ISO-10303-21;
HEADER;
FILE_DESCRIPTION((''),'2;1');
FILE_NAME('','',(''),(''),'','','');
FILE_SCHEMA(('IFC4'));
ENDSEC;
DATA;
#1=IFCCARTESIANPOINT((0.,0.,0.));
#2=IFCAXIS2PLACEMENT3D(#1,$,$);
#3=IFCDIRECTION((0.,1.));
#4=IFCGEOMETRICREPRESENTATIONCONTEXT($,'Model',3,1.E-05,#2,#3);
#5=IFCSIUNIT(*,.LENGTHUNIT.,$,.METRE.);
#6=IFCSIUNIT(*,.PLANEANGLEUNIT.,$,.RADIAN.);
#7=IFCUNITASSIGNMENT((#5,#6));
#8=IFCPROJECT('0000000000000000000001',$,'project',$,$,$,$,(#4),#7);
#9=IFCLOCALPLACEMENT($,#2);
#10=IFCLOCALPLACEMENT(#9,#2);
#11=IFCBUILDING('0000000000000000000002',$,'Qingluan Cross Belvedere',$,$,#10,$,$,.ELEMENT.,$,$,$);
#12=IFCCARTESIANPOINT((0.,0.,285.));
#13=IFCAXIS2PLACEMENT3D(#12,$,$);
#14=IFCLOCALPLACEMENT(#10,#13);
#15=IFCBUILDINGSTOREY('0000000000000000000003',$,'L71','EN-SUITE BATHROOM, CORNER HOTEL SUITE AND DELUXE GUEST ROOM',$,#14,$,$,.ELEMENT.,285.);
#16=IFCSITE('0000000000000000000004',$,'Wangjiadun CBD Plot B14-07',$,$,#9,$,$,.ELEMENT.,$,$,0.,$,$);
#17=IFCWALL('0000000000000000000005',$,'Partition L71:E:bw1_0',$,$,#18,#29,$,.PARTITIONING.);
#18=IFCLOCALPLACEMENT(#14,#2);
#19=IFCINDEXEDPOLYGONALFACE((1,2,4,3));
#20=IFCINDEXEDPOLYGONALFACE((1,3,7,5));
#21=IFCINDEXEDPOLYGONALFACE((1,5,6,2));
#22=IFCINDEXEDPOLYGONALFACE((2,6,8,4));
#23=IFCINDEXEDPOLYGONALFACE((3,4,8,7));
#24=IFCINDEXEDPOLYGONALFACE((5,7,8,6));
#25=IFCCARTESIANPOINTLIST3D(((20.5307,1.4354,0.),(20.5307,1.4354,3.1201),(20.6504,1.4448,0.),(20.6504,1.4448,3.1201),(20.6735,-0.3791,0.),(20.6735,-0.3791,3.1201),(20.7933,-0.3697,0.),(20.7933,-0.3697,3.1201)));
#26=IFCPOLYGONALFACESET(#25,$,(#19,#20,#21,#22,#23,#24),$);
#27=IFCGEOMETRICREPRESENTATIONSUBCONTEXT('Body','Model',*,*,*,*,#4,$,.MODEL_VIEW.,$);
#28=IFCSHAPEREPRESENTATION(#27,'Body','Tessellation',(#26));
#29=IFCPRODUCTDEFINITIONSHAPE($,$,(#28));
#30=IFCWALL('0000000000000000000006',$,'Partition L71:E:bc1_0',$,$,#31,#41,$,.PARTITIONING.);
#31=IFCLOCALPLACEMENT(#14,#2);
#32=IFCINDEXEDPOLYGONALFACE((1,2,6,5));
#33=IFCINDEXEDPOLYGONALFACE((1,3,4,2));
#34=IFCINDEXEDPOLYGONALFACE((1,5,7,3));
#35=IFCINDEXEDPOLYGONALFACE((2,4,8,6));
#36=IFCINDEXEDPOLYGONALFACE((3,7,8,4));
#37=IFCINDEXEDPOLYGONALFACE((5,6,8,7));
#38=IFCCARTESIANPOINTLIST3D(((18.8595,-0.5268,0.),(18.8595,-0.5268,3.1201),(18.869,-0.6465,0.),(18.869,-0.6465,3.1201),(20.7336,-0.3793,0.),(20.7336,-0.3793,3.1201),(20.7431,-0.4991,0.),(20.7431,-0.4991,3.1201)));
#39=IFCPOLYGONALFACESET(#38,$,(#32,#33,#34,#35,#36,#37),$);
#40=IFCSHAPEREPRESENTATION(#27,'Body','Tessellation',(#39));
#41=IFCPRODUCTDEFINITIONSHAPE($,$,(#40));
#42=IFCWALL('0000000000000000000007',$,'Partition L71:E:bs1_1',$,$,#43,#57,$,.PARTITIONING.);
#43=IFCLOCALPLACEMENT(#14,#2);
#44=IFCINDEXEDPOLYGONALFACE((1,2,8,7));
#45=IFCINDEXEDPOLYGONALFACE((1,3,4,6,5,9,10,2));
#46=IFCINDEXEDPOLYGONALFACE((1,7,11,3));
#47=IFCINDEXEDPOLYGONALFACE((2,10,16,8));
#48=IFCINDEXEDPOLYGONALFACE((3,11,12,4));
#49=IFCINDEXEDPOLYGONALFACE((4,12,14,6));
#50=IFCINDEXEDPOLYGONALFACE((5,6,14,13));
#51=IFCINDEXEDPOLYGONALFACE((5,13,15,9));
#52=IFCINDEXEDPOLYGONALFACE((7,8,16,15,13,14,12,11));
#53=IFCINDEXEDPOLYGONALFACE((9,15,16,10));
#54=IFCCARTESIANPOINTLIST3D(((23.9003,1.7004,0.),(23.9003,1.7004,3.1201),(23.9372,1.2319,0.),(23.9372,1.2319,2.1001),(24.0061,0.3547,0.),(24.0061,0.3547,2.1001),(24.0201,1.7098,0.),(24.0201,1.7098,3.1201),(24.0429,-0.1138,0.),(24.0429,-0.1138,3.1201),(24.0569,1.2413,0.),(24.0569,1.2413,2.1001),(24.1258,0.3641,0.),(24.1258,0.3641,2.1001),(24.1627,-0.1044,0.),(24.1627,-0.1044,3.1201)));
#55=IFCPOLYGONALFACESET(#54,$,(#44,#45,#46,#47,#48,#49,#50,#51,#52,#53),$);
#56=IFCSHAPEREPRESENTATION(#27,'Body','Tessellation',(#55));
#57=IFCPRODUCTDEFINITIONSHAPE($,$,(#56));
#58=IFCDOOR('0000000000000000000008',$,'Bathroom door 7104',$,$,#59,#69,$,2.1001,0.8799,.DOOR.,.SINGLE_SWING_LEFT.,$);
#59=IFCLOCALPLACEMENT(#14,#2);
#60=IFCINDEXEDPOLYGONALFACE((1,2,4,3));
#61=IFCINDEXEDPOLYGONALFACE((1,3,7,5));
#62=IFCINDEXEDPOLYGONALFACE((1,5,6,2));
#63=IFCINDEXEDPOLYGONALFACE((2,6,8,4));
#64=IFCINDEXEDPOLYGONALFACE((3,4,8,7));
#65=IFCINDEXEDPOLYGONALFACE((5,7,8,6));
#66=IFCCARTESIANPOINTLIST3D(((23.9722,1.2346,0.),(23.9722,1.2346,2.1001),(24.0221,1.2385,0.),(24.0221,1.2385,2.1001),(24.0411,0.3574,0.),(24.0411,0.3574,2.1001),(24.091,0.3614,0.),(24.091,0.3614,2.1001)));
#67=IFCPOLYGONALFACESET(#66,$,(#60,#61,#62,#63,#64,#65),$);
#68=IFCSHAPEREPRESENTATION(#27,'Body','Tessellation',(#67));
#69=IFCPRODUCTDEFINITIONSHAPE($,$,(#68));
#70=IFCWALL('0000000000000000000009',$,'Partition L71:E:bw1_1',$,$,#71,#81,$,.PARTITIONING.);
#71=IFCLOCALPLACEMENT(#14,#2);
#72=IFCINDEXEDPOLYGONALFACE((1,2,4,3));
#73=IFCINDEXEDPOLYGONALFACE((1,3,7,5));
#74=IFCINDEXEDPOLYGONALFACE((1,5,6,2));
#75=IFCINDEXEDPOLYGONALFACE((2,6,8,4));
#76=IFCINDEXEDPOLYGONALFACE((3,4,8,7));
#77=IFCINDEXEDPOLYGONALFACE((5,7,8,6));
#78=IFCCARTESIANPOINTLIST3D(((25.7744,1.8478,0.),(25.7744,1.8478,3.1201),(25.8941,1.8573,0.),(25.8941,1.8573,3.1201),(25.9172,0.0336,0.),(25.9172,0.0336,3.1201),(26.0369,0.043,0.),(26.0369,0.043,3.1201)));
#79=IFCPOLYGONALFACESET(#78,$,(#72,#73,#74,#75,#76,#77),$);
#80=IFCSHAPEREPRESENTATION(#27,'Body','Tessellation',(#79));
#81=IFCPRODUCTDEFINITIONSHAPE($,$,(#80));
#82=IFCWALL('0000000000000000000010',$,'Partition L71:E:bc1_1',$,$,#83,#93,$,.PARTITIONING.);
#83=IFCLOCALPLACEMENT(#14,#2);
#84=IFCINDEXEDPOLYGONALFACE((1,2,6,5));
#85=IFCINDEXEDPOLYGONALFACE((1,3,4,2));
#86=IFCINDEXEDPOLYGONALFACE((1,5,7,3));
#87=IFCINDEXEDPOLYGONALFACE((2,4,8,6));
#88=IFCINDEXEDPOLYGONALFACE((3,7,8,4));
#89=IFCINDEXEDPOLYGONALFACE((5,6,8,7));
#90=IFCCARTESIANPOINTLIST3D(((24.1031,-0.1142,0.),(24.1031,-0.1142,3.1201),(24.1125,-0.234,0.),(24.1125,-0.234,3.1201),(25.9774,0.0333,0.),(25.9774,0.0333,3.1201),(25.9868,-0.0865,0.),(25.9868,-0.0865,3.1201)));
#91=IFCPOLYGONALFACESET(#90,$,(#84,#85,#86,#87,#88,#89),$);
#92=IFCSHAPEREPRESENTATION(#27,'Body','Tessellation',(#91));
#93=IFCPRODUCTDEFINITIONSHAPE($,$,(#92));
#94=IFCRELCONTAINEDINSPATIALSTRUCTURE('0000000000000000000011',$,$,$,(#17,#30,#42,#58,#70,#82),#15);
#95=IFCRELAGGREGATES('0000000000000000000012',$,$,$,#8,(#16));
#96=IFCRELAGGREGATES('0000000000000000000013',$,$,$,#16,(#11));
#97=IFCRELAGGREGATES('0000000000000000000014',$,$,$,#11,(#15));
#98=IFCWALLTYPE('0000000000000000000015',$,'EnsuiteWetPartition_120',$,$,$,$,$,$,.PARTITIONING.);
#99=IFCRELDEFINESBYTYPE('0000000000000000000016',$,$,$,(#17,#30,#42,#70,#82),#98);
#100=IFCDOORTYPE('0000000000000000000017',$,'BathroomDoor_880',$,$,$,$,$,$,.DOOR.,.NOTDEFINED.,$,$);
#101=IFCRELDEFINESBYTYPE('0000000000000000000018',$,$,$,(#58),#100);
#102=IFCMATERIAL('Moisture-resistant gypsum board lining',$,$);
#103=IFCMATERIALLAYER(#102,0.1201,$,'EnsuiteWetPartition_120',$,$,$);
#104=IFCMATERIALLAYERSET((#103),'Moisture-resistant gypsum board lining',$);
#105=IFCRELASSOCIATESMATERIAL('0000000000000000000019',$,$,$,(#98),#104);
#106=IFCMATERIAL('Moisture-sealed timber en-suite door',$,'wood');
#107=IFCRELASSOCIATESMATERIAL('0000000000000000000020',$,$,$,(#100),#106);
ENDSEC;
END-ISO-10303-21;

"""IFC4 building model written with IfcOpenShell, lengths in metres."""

from ifc_helpers import new_model, si_unit, direction, frame, frame_2d, origin, place, context, subcontext, project, spatial, rectangle, extrude, material, layer, layer_set, type_object, element, fill, save


model = new_model("IFC4")

# Units and contexts
model_context = context("Model", 3, precision=1e-05, world=origin(), true_north=direction((0.0, 1.0)))
body_context = subcontext(model_context, "Body", "Model", "MODEL_VIEW")
ifc_project = project(units=[si_unit("LENGTHUNIT", "METRE"), si_unit("PLANEANGLEUNIT", "RADIAN")], contexts=[model_context])

# Site, building, storey
site_placement = place(None, origin())
site = spatial("IfcSite", under=ifc_project, at=site_placement, Name="Wangjiadun CBD Plot B14-07", CompositionType="ELEMENT", RefElevation=0.0)
building_placement = place(site_placement, origin())
building = spatial("IfcBuilding", under=site, at=building_placement, Name="Qingluan Cross Belvedere", CompositionType="ELEMENT")
storey_placement = place(building_placement, frame((0.0, 0.0, 285.0)))
storey = spatial("IfcBuildingStorey", under=building, at=storey_placement, Name="L71", Description="EN-SUITE BATHROOM, CORNER HOTEL SUITE AND DELUXE GUEST ROOM", CompositionType="ELEMENT", Elevation=285.0)

# Shared definitions
ifc_material_1 = material(Name="Moisture-resistant gypsum board lining")
ifc_layer_1 = layer(ifc_material_1, 0.1201, Name="EnsuiteWetPartition_120")
ifc_layer_set_1 = layer_set([ifc_layer_1], Name="Moisture-resistant gypsum board lining")
wall_type_1 = type_object("IfcWallType", Name="EnsuiteWetPartition_120", PredefinedType="PARTITIONING", material=ifc_layer_set_1)
ifc_material_2 = material(Name="Moisture-sealed timber en-suite door", Category="wood")
door_type_1 = type_object("IfcDoorType", Name="BathroomDoor_880", OperationType="NOTDEFINED", PredefinedType="DOOR", material=ifc_material_2)

# Walls
wall_1_placement = place(storey_placement, frame((20.7334, -0.3745, 0.0), z_axis=(0.0, 0.0, 1.0), x_axis=(-0.078471, 0.996916, 0.0)))
element("IfcWall", 1, at=wall_1_placement, inside=storey, type_object=wall_type_1, Name="Partition L71:E:bw1_0", PredefinedType="PARTITIONING", context=body_context, shape_type="SweptSolid", body=[
    extrude(rectangle(XDim=1.8201, YDim=0.1201, at=frame_2d((0.9102, 0.0))), origin(), (0.0, 0.0, 1.0), 3.1201),
])
wall_2_placement = place(storey_placement, frame((18.8643, -0.5867, 0.0), z_axis=(0.0, 0.0, 1.0), x_axis=(0.996918, 0.078444, 0.0)))
element("IfcWall", 2, at=wall_2_placement, inside=storey, type_object=wall_type_1, Name="Partition L71:E:bc1_0", PredefinedType="PARTITIONING", context=body_context, shape_type="SweptSolid", body=[
    extrude(rectangle(XDim=1.8799, YDim=0.1201, at=frame_2d((0.9399, 0.0))), origin(), (0.0, 0.0, 1.0), 3.1201),
])

# Wall, opening, door
wall_3_placement = place(storey_placement, frame((24.1028, -0.1091, 0.0), z_axis=(0.0, 0.0, 1.0), x_axis=(-0.078348, 0.996926, 0.0)))
wall_3 = element("IfcWall", 3, at=wall_3_placement, inside=storey, type_object=wall_type_1, Name="Partition L71:E:bs1_1", PredefinedType="PARTITIONING", context=body_context, shape_type="SweptSolid", body=[
    extrude(rectangle(XDim=1.8198, YDim=0.1201, at=frame_2d((0.9099, 0.0))), origin(), (0.0, 0.0, 1.0), 3.1201),
])
opening_1_placement = place(wall_3_placement, frame((0.47, 0.0, 0.0)))
opening_1 = element("IfcOpeningElement", 4, at=opening_1_placement, cuts=wall_3, PredefinedType="OPENING", context=body_context, shape_type="SweptSolid", body=[
    extrude(rectangle(XDim=0.8799, YDim=2.1001, at=frame_2d((0.4399, 1.05))), frame((0.0, 0.0701, 0.0), z_axis=(0.0, -1.0, 0.0), x_axis=(1.0, 0.0, 0.0)), (0.0, 0.0, 1.0), 0.1401),
])
door_1_placement = place(opening_1_placement, origin())
door_1 = element("IfcDoor", 5, at=door_1_placement, inside=storey, type_object=door_type_1, Name="Bathroom door 7104", OperationType="SINGLE_SWING_LEFT", OverallHeight=2.1001, OverallWidth=0.8799, PredefinedType="DOOR", context=body_context, shape_type="SweptSolid", body=[
    extrude(rectangle(XDim=0.8799, YDim=2.1001, at=frame_2d((0.4399, 1.05))), frame((0.0, 0.0249, 0.0), z_axis=(0.0, -1.0, 0.0), x_axis=(1.0, 0.0, 0.0)), (0.0, 0.0, 1.0), 0.05),
])
fill(opening_1, door_1)

# Walls
wall_4_placement = place(storey_placement, frame((25.9771, 0.0383, 0.0), z_axis=(0.0, 0.0, 1.0), x_axis=(-0.078481, 0.996916, 0.0)))
element("IfcWall", 6, at=wall_4_placement, inside=storey, type_object=wall_type_1, Name="Partition L71:E:bw1_1", PredefinedType="PARTITIONING", context=body_context, shape_type="SweptSolid", body=[
    extrude(rectangle(XDim=1.8198, YDim=0.1201, at=frame_2d((0.9099, 0.0))), origin(), (0.0, 0.0, 1.0), 3.1201),
])
wall_5_placement = place(storey_placement, frame((24.1079, -0.1741, 0.0), z_axis=(0.0, 0.0, 1.0), x_axis=(0.996919, 0.078434, 0.0)))
element("IfcWall", 7, at=wall_5_placement, inside=storey, type_object=wall_type_1, Name="Partition L71:E:bc1_1", PredefinedType="PARTITIONING", context=body_context, shape_type="SweptSolid", body=[
    extrude(rectangle(XDim=1.8801, YDim=0.1201, at=frame_2d((0.9399, 0.0))), origin(), (0.0, 0.0, 1.0), 3.1201),
])

save(model, "model.ifc")
